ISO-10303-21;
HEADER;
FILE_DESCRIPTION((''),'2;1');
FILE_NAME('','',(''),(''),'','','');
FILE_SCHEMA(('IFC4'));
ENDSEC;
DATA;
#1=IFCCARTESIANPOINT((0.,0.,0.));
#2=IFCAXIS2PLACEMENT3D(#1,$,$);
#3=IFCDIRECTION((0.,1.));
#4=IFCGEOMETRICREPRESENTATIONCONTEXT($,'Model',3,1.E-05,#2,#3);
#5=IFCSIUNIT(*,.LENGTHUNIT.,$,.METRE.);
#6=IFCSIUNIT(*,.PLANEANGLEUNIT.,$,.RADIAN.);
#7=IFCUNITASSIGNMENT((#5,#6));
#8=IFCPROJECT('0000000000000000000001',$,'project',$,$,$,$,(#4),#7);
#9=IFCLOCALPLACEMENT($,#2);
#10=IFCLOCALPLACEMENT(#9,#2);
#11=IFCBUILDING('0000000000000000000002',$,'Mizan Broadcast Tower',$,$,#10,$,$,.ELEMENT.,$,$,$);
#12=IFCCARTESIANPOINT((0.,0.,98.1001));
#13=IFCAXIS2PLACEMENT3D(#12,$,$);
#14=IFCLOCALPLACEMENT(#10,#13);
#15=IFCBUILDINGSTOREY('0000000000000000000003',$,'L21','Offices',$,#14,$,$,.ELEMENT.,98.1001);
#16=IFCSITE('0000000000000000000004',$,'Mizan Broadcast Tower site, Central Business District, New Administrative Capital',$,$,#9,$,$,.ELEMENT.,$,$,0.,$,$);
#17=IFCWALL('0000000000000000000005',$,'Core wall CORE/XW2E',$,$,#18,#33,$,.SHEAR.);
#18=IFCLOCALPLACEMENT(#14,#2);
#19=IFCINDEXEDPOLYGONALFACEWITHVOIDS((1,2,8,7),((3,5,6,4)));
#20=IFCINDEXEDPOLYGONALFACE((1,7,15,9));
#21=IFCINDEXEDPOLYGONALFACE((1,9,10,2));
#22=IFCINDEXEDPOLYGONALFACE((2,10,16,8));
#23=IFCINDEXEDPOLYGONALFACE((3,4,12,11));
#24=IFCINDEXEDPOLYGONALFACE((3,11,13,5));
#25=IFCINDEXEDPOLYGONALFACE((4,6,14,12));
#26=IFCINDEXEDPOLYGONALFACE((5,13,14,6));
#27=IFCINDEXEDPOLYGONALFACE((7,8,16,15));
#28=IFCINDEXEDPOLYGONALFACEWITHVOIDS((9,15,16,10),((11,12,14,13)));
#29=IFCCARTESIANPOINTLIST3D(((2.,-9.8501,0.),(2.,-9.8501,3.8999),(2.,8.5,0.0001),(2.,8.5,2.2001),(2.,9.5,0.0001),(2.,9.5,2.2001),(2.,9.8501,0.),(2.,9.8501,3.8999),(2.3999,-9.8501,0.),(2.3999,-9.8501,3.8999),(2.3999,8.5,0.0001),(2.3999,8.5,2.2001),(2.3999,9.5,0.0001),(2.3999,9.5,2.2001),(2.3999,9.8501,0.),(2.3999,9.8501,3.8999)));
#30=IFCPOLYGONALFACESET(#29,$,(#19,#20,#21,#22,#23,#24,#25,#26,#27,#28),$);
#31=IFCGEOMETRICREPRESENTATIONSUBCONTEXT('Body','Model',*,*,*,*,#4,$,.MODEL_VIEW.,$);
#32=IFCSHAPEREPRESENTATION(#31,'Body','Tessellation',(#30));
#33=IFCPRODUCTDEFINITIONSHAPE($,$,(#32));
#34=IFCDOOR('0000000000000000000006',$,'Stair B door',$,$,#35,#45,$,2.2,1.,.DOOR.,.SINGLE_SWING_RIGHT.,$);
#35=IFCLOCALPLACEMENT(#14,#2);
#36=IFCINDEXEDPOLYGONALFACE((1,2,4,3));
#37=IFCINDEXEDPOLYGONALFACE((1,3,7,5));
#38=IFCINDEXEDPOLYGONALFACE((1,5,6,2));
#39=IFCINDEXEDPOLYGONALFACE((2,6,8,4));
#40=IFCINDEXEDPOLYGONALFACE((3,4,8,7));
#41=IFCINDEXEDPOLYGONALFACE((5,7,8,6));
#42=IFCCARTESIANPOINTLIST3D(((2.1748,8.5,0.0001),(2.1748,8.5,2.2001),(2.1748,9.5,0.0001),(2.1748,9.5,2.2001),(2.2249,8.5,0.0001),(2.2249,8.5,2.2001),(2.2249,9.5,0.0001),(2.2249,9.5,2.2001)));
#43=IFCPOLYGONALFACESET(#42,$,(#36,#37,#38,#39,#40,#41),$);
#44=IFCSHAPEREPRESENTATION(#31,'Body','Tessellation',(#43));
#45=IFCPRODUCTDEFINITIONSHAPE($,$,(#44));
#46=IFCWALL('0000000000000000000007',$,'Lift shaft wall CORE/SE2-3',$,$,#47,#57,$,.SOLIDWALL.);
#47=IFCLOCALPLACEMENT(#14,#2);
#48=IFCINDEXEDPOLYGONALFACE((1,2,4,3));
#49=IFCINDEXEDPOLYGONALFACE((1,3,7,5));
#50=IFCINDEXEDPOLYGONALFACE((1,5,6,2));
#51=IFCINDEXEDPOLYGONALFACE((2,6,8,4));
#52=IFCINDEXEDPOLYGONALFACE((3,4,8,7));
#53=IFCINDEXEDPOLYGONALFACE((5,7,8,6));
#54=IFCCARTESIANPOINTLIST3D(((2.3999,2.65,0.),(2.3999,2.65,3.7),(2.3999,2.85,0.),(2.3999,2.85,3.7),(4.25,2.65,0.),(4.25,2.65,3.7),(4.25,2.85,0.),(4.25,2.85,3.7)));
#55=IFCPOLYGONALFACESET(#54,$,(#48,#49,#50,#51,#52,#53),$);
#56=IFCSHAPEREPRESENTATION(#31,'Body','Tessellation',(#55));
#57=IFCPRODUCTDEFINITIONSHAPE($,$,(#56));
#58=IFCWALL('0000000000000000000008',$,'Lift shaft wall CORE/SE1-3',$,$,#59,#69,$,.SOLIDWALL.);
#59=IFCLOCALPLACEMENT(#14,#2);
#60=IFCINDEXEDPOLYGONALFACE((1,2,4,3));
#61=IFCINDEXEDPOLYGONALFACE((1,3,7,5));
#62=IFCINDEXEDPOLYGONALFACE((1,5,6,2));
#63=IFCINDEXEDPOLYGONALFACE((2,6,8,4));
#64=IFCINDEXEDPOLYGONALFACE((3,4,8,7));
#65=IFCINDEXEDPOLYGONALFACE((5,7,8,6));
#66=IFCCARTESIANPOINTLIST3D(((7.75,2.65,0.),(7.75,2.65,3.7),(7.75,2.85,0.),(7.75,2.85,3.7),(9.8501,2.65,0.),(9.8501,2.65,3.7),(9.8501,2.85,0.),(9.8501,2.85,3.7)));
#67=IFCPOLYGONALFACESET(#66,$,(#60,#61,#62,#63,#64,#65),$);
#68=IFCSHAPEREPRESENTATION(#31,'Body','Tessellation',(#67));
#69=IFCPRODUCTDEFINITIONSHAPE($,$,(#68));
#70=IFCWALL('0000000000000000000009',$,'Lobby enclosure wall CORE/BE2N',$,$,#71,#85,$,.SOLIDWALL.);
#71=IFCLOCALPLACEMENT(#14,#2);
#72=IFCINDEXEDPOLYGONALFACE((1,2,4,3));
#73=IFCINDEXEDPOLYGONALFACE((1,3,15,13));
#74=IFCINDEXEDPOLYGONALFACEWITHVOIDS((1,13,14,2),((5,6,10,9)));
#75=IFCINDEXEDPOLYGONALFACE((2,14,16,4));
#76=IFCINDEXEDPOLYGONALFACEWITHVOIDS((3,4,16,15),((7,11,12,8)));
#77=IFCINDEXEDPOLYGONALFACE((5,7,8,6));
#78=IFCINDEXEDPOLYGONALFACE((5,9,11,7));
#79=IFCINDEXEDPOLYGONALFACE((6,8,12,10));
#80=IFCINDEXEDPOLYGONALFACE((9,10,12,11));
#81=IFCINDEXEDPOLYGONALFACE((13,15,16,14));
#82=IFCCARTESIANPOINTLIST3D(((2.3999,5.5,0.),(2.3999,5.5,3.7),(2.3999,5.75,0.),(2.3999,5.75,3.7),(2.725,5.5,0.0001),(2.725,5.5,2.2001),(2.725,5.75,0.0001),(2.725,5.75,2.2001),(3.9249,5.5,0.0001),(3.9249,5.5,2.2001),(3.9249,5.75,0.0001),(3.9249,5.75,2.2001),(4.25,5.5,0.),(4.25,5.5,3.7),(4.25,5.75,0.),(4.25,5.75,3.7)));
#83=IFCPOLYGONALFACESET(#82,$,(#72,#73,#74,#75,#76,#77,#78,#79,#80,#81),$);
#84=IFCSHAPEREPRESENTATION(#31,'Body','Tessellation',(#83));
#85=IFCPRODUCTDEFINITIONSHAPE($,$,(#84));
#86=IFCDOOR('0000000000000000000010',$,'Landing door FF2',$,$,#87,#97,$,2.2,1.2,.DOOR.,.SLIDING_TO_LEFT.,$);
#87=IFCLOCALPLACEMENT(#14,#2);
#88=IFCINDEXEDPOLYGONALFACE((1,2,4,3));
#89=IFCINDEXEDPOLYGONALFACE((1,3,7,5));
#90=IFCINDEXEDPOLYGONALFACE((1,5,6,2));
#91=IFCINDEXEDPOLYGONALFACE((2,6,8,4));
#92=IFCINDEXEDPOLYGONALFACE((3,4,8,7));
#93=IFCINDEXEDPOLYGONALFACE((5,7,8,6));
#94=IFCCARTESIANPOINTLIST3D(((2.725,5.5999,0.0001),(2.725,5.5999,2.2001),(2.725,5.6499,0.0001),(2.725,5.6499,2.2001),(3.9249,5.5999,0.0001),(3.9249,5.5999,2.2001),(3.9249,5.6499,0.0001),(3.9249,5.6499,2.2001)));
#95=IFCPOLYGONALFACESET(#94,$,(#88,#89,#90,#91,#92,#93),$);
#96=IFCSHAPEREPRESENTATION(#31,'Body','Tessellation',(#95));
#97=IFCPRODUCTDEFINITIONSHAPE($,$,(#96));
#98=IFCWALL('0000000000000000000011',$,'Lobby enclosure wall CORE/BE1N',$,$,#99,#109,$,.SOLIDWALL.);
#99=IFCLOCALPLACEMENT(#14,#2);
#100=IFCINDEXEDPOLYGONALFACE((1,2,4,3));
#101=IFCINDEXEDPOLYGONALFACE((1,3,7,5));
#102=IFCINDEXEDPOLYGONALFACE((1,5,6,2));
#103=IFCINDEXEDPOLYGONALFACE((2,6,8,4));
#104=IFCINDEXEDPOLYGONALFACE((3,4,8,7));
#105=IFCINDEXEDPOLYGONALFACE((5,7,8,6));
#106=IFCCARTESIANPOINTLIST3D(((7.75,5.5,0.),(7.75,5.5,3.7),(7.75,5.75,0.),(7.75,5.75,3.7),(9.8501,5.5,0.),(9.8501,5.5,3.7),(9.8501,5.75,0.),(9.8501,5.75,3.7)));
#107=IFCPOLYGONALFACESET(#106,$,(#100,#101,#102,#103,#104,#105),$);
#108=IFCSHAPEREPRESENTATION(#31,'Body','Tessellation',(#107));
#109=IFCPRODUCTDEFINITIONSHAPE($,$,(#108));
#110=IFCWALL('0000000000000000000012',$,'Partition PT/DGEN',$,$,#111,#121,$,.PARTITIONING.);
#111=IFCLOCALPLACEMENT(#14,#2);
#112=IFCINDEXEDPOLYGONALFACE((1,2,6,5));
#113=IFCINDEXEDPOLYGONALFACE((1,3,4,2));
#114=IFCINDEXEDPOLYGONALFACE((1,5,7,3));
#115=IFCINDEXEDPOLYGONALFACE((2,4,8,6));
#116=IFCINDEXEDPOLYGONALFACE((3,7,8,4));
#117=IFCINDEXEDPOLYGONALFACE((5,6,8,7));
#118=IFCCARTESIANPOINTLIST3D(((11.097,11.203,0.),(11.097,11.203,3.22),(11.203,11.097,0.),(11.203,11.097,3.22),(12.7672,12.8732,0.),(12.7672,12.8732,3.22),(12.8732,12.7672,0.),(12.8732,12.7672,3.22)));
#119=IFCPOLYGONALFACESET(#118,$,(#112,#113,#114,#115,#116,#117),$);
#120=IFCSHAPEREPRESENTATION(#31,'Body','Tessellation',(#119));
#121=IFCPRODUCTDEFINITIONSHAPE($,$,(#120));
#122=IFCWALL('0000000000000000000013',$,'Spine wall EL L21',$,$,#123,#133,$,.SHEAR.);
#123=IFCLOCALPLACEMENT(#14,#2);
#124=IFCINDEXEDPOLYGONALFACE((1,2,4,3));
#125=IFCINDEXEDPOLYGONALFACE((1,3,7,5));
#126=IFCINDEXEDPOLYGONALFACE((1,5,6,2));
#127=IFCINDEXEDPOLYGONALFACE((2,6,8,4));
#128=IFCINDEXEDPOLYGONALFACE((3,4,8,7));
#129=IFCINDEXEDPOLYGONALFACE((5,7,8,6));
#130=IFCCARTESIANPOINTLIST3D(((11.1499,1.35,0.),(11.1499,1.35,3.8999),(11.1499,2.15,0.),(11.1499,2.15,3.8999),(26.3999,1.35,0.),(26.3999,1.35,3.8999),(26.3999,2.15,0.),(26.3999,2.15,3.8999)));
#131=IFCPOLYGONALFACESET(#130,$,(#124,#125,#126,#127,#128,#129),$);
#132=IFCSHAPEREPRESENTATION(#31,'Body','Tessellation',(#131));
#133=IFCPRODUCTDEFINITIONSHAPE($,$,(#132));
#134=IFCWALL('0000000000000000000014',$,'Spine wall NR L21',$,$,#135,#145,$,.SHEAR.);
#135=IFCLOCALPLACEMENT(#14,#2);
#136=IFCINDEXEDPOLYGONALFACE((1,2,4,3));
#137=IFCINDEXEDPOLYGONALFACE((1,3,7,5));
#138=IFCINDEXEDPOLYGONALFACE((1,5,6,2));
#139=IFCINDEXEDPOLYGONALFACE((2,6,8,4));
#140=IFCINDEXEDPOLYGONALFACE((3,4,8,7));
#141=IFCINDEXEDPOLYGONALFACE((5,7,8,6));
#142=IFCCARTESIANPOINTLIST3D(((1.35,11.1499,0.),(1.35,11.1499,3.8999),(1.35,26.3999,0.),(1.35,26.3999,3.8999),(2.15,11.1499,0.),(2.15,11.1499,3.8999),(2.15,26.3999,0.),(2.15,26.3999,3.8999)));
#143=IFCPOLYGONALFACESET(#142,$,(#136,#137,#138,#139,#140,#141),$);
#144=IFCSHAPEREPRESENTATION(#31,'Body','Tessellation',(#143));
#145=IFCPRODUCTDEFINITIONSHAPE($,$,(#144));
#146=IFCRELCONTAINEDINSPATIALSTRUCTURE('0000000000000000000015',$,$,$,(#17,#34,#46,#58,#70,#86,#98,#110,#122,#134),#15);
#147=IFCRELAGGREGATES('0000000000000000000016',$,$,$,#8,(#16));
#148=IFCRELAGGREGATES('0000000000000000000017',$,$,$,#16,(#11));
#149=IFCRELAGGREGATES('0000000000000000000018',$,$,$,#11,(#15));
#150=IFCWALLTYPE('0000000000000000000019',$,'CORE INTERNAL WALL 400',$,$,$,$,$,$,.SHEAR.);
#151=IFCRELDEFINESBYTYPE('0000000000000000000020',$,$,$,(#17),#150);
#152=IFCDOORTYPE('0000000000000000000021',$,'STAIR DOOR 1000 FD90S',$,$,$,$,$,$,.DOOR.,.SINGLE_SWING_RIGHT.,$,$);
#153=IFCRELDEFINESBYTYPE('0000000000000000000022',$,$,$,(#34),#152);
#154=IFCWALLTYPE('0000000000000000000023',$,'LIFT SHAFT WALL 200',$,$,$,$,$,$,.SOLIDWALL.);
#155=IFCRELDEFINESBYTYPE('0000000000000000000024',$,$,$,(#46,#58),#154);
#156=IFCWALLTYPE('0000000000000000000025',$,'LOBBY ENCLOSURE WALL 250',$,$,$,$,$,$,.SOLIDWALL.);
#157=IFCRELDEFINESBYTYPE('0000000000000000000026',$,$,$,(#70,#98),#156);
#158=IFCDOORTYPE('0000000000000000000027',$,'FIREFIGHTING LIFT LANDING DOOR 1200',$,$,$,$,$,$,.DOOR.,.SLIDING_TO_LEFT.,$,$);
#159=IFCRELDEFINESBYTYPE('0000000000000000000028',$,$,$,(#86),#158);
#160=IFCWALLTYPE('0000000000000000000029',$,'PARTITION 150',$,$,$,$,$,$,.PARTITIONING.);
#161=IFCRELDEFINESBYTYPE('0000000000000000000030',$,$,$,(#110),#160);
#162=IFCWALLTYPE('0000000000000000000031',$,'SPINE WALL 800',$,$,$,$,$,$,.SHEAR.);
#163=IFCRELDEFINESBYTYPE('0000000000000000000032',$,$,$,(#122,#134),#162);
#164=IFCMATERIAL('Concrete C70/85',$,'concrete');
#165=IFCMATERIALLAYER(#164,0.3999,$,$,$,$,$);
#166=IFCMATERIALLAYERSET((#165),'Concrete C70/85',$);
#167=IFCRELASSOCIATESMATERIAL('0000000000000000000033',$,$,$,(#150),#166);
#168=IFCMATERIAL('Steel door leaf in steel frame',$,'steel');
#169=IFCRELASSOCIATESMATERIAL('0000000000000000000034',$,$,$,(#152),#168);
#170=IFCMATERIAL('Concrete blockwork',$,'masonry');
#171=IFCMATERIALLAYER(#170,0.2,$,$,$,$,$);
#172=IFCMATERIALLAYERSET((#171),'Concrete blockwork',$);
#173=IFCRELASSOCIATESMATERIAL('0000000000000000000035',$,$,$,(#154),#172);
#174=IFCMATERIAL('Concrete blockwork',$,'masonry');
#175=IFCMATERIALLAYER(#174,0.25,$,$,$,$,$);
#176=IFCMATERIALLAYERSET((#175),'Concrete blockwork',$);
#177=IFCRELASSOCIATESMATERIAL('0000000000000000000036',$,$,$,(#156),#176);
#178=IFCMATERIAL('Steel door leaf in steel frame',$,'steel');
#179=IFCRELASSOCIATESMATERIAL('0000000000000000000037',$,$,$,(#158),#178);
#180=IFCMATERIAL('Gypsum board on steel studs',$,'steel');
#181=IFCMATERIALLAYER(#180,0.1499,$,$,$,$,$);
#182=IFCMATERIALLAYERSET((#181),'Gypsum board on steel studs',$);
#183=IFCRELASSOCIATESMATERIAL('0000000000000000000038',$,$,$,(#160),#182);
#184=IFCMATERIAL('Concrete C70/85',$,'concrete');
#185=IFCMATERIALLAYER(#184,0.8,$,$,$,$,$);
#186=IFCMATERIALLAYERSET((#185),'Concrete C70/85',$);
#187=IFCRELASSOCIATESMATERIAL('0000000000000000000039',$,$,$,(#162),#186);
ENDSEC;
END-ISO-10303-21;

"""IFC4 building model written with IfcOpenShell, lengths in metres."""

from ifc_helpers import new_model, si_unit, direction, frame, frame_2d, origin, place, context, subcontext, project, spatial, rectangle, extrude, material, layer, layer_set, type_object, element, fill, save


model = new_model("IFC4")

# Units and contexts
model_context = context("Model", 3, precision=1e-05, world=origin(), true_north=direction((0.0, 1.0)))
body_context = subcontext(model_context, "Body", "Model", "MODEL_VIEW")
ifc_project = project(units=[si_unit("LENGTHUNIT", "METRE"), si_unit("PLANEANGLEUNIT", "RADIAN")], contexts=[model_context])

# Site, building, storey
site_placement = place(None, origin())
site = spatial("IfcSite", under=ifc_project, at=site_placement, Name="Mizan Broadcast Tower site, Central Business District, New Administrative Capital", CompositionType="ELEMENT", RefElevation=0.0)
building_placement = place(site_placement, origin())
building = spatial("IfcBuilding", under=site, at=building_placement, Name="Mizan Broadcast Tower", CompositionType="ELEMENT")
storey_placement = place(building_placement, frame((0.0, 0.0, 98.1001)))
storey = spatial("IfcBuildingStorey", under=building, at=storey_placement, Name="L21", Description="Offices", CompositionType="ELEMENT", Elevation=98.1001)

# Shared definitions
ifc_material_1 = material(Name="Concrete C70/85", Category="concrete")
ifc_layer_1 = layer(ifc_material_1, 0.3999)
ifc_layer_set_1 = layer_set([ifc_layer_1], Name="Concrete C70/85")
wall_type_1 = type_object("IfcWallType", Name="CORE INTERNAL WALL 400", PredefinedType="SHEAR", material=ifc_layer_set_1)

# Wall, opening, door
wall_1_placement = place(storey_placement, frame((2.2, 9.8501, 0.0), z_axis=(0.0, 0.0, 1.0), x_axis=(0.0, -1.0, 0.0)))
wall_1 = element("IfcWall", 1, at=wall_1_placement, inside=storey, type_object=wall_type_1, Name="Core wall CORE/XW2E", PredefinedType="SHEAR", context=body_context, shape_type="SweptSolid", body=[
    extrude(rectangle(XDim=19.7002, YDim=0.3999, at=frame_2d((9.8501, 0.0))), origin(), (0.0, 0.0, 1.0), 3.8999),
])
opening_1_placement = place(wall_1_placement, frame((0.3501, 0.0, 0.0)))
opening_1 = element("IfcOpeningElement", 2, at=opening_1_placement, cuts=wall_1, PredefinedType="OPENING", context=body_context, shape_type="SweptSolid", body=[
    extrude(rectangle(XDim=1.0, YDim=2.2, at=frame_2d((0.5, 1.1001))), frame((0.0, 0.21, 0.0), z_axis=(0.0, -1.0, 0.0), x_axis=(1.0, 0.0, 0.0)), (0.0, 0.0, 1.0), 0.4199),
])
ifc_material_2 = material(Name="Steel door leaf in steel frame", Category="steel")
door_type_1 = type_object("IfcDoorType", Name="STAIR DOOR 1000 FD90S", OperationType="SINGLE_SWING_RIGHT", PredefinedType="DOOR", material=ifc_material_2)
door_1_placement = place(opening_1_placement, origin())
door_1 = element("IfcDoor", 3, at=door_1_placement, inside=storey, type_object=door_type_1, Name="Stair B door", OperationType="SINGLE_SWING_RIGHT", OverallHeight=2.2, OverallWidth=1.0, PredefinedType="DOOR", context=body_context, shape_type="SweptSolid", body=[
    extrude(rectangle(XDim=1.0, YDim=2.2, at=frame_2d((0.5, 1.1001))), frame((0.0, 0.0249, 0.0), z_axis=(0.0, -1.0, 0.0), x_axis=(1.0, 0.0, 0.0)), (0.0, 0.0, 1.0), 0.05),
])
fill(opening_1, door_1)

# Walls
ifc_material_3 = material(Name="Concrete blockwork", Category="masonry")
ifc_layer_2 = layer(ifc_material_3, 0.2)
ifc_layer_set_2 = layer_set([ifc_layer_2], Name="Concrete blockwork")
wall_type_2 = type_object("IfcWallType", Name="LIFT SHAFT WALL 200", PredefinedType="SOLIDWALL", material=ifc_layer_set_2)
wall_2_placement = place(storey_placement, frame((2.3999, 2.75, 0.0), z_axis=(0.0, 0.0, 1.0), x_axis=(1.0, 0.0, 0.0)))
element("IfcWall", 4, at=wall_2_placement, inside=storey, type_object=wall_type_2, Name="Lift shaft wall CORE/SE2-3", PredefinedType="SOLIDWALL", context=body_context, shape_type="SweptSolid", body=[
    extrude(rectangle(XDim=1.8501, YDim=0.2, at=frame_2d((0.925, 0.0))), origin(), (0.0, 0.0, 1.0), 3.7),
])
wall_3_placement = place(storey_placement, frame((7.75, 2.75, 0.0), z_axis=(0.0, 0.0, 1.0), x_axis=(1.0, 0.0, 0.0)))
element("IfcWall", 5, at=wall_3_placement, inside=storey, type_object=wall_type_2, Name="Lift shaft wall CORE/SE1-3", PredefinedType="SOLIDWALL", context=body_context, shape_type="SweptSolid", body=[
    extrude(rectangle(XDim=2.1001, YDim=0.2, at=frame_2d((1.05, 0.0))), origin(), (0.0, 0.0, 1.0), 3.7),
])

# Wall, opening, door
ifc_material_4 = material(Name="Concrete blockwork", Category="masonry")
ifc_layer_3 = layer(ifc_material_4, 0.25)
ifc_layer_set_3 = layer_set([ifc_layer_3], Name="Concrete blockwork")
wall_type_3 = type_object("IfcWallType", Name="LOBBY ENCLOSURE WALL 250", PredefinedType="SOLIDWALL", material=ifc_layer_set_3)
wall_4_placement = place(storey_placement, frame((2.3999, 5.625, 0.0), z_axis=(0.0, 0.0, 1.0), x_axis=(1.0, 0.0, 0.0)))
wall_4 = element("IfcWall", 6, at=wall_4_placement, inside=storey, type_object=wall_type_3, Name="Lobby enclosure wall CORE/BE2N", PredefinedType="SOLIDWALL", context=body_context, shape_type="SweptSolid", body=[
    extrude(rectangle(XDim=1.8501, YDim=0.25, at=frame_2d((0.925, 0.0))), origin(), (0.0, 0.0, 1.0), 3.7),
])
opening_2_placement = place(wall_4_placement, frame((0.325, 0.0, 0.0)))
opening_2 = element("IfcOpeningElement", 7, at=opening_2_placement, cuts=wall_4, PredefinedType="OPENING", context=body_context, shape_type="SweptSolid", body=[
    extrude(rectangle(XDim=1.2, YDim=2.2, at=frame_2d((0.6001, 1.1001))), frame((0.0, 0.135, 0.0), z_axis=(0.0, -1.0, 0.0), x_axis=(1.0, 0.0, 0.0)), (0.0, 0.0, 1.0), 0.27),
])
ifc_material_5 = material(Name="Steel door leaf in steel frame", Category="steel")
door_type_2 = type_object("IfcDoorType", Name="FIREFIGHTING LIFT LANDING DOOR 1200", OperationType="SLIDING_TO_LEFT", PredefinedType="DOOR", material=ifc_material_5)
door_2_placement = place(opening_2_placement, origin())
door_2 = element("IfcDoor", 8, at=door_2_placement, inside=storey, type_object=door_type_2, Name="Landing door FF2", OperationType="SLIDING_TO_LEFT", OverallHeight=2.2, OverallWidth=1.2, PredefinedType="DOOR", context=body_context, shape_type="SweptSolid", body=[
    extrude(rectangle(XDim=1.2, YDim=2.2, at=frame_2d((0.6001, 1.1001))), frame((0.0, 0.0249, 0.0), z_axis=(0.0, -1.0, 0.0), x_axis=(1.0, 0.0, 0.0)), (0.0, 0.0, 1.0), 0.05),
])
fill(opening_2, door_2)

# Walls
wall_5_placement = place(storey_placement, frame((7.75, 5.625, 0.0), z_axis=(0.0, 0.0, 1.0), x_axis=(1.0, 0.0, 0.0)))
element("IfcWall", 9, at=wall_5_placement, inside=storey, type_object=wall_type_3, Name="Lobby enclosure wall CORE/BE1N", PredefinedType="SOLIDWALL", context=body_context, shape_type="SweptSolid", body=[
    extrude(rectangle(XDim=2.1001, YDim=0.25, at=frame_2d((1.05, 0.0))), origin(), (0.0, 0.0, 1.0), 3.7),
])
ifc_material_6 = material(Name="Gypsum board on steel studs", Category="steel")
ifc_layer_4 = layer(ifc_material_6, 0.1499)
ifc_layer_set_4 = layer_set([ifc_layer_4], Name="Gypsum board on steel studs")
wall_type_4 = type_object("IfcWallType", Name="PARTITION 150", PredefinedType="PARTITIONING", material=ifc_layer_set_4)
wall_6_placement = place(storey_placement, frame((11.1499, 11.1499, 0.0), z_axis=(0.0, 0.0, 1.0), x_axis=(0.707107, 0.707107, 0.0)))
element("IfcWall", 10, at=wall_6_placement, inside=storey, type_object=wall_type_4, Name="Partition PT/DGEN", PredefinedType="PARTITIONING", context=body_context, shape_type="SweptSolid", body=[
    extrude(rectangle(XDim=2.3621, YDim=0.1499, at=frame_2d((1.1812, 0.0))), origin(), (0.0, 0.0, 1.0), 3.22),
])
ifc_material_7 = material(Name="Concrete C70/85", Category="concrete")
ifc_layer_5 = layer(ifc_material_7, 0.8)
ifc_layer_set_5 = layer_set([ifc_layer_5], Name="Concrete C70/85")
wall_type_5 = type_object("IfcWallType", Name="SPINE WALL 800", PredefinedType="SHEAR", material=ifc_layer_set_5)
for number, where, z_axis, x_axis, name in (
    (11, (11.1499, 1.75, 0.0), (0.0, 0.0, 1.0), (1.0, 0.0, 0.0), "Spine wall EL L21"),
    (12, (1.75, 11.1499, 0.0), (0.0, 0.0, 1.0), (0.0, 1.0, 0.0), "Spine wall NR L21"),
):
    element("IfcWall", number, at=place(storey_placement, frame(where, z_axis=z_axis, x_axis=x_axis)), inside=storey, type_object=wall_type_5, Name=name, PredefinedType="SHEAR", context=body_context, shape_type="SweptSolid", body=[
        extrude(rectangle(XDim=15.25, YDim=0.8, at=frame_2d((7.625, 0.0))), origin(), (0.0, 0.0, 1.0), 3.8999),
    ])

save(model, "model.ifc")
